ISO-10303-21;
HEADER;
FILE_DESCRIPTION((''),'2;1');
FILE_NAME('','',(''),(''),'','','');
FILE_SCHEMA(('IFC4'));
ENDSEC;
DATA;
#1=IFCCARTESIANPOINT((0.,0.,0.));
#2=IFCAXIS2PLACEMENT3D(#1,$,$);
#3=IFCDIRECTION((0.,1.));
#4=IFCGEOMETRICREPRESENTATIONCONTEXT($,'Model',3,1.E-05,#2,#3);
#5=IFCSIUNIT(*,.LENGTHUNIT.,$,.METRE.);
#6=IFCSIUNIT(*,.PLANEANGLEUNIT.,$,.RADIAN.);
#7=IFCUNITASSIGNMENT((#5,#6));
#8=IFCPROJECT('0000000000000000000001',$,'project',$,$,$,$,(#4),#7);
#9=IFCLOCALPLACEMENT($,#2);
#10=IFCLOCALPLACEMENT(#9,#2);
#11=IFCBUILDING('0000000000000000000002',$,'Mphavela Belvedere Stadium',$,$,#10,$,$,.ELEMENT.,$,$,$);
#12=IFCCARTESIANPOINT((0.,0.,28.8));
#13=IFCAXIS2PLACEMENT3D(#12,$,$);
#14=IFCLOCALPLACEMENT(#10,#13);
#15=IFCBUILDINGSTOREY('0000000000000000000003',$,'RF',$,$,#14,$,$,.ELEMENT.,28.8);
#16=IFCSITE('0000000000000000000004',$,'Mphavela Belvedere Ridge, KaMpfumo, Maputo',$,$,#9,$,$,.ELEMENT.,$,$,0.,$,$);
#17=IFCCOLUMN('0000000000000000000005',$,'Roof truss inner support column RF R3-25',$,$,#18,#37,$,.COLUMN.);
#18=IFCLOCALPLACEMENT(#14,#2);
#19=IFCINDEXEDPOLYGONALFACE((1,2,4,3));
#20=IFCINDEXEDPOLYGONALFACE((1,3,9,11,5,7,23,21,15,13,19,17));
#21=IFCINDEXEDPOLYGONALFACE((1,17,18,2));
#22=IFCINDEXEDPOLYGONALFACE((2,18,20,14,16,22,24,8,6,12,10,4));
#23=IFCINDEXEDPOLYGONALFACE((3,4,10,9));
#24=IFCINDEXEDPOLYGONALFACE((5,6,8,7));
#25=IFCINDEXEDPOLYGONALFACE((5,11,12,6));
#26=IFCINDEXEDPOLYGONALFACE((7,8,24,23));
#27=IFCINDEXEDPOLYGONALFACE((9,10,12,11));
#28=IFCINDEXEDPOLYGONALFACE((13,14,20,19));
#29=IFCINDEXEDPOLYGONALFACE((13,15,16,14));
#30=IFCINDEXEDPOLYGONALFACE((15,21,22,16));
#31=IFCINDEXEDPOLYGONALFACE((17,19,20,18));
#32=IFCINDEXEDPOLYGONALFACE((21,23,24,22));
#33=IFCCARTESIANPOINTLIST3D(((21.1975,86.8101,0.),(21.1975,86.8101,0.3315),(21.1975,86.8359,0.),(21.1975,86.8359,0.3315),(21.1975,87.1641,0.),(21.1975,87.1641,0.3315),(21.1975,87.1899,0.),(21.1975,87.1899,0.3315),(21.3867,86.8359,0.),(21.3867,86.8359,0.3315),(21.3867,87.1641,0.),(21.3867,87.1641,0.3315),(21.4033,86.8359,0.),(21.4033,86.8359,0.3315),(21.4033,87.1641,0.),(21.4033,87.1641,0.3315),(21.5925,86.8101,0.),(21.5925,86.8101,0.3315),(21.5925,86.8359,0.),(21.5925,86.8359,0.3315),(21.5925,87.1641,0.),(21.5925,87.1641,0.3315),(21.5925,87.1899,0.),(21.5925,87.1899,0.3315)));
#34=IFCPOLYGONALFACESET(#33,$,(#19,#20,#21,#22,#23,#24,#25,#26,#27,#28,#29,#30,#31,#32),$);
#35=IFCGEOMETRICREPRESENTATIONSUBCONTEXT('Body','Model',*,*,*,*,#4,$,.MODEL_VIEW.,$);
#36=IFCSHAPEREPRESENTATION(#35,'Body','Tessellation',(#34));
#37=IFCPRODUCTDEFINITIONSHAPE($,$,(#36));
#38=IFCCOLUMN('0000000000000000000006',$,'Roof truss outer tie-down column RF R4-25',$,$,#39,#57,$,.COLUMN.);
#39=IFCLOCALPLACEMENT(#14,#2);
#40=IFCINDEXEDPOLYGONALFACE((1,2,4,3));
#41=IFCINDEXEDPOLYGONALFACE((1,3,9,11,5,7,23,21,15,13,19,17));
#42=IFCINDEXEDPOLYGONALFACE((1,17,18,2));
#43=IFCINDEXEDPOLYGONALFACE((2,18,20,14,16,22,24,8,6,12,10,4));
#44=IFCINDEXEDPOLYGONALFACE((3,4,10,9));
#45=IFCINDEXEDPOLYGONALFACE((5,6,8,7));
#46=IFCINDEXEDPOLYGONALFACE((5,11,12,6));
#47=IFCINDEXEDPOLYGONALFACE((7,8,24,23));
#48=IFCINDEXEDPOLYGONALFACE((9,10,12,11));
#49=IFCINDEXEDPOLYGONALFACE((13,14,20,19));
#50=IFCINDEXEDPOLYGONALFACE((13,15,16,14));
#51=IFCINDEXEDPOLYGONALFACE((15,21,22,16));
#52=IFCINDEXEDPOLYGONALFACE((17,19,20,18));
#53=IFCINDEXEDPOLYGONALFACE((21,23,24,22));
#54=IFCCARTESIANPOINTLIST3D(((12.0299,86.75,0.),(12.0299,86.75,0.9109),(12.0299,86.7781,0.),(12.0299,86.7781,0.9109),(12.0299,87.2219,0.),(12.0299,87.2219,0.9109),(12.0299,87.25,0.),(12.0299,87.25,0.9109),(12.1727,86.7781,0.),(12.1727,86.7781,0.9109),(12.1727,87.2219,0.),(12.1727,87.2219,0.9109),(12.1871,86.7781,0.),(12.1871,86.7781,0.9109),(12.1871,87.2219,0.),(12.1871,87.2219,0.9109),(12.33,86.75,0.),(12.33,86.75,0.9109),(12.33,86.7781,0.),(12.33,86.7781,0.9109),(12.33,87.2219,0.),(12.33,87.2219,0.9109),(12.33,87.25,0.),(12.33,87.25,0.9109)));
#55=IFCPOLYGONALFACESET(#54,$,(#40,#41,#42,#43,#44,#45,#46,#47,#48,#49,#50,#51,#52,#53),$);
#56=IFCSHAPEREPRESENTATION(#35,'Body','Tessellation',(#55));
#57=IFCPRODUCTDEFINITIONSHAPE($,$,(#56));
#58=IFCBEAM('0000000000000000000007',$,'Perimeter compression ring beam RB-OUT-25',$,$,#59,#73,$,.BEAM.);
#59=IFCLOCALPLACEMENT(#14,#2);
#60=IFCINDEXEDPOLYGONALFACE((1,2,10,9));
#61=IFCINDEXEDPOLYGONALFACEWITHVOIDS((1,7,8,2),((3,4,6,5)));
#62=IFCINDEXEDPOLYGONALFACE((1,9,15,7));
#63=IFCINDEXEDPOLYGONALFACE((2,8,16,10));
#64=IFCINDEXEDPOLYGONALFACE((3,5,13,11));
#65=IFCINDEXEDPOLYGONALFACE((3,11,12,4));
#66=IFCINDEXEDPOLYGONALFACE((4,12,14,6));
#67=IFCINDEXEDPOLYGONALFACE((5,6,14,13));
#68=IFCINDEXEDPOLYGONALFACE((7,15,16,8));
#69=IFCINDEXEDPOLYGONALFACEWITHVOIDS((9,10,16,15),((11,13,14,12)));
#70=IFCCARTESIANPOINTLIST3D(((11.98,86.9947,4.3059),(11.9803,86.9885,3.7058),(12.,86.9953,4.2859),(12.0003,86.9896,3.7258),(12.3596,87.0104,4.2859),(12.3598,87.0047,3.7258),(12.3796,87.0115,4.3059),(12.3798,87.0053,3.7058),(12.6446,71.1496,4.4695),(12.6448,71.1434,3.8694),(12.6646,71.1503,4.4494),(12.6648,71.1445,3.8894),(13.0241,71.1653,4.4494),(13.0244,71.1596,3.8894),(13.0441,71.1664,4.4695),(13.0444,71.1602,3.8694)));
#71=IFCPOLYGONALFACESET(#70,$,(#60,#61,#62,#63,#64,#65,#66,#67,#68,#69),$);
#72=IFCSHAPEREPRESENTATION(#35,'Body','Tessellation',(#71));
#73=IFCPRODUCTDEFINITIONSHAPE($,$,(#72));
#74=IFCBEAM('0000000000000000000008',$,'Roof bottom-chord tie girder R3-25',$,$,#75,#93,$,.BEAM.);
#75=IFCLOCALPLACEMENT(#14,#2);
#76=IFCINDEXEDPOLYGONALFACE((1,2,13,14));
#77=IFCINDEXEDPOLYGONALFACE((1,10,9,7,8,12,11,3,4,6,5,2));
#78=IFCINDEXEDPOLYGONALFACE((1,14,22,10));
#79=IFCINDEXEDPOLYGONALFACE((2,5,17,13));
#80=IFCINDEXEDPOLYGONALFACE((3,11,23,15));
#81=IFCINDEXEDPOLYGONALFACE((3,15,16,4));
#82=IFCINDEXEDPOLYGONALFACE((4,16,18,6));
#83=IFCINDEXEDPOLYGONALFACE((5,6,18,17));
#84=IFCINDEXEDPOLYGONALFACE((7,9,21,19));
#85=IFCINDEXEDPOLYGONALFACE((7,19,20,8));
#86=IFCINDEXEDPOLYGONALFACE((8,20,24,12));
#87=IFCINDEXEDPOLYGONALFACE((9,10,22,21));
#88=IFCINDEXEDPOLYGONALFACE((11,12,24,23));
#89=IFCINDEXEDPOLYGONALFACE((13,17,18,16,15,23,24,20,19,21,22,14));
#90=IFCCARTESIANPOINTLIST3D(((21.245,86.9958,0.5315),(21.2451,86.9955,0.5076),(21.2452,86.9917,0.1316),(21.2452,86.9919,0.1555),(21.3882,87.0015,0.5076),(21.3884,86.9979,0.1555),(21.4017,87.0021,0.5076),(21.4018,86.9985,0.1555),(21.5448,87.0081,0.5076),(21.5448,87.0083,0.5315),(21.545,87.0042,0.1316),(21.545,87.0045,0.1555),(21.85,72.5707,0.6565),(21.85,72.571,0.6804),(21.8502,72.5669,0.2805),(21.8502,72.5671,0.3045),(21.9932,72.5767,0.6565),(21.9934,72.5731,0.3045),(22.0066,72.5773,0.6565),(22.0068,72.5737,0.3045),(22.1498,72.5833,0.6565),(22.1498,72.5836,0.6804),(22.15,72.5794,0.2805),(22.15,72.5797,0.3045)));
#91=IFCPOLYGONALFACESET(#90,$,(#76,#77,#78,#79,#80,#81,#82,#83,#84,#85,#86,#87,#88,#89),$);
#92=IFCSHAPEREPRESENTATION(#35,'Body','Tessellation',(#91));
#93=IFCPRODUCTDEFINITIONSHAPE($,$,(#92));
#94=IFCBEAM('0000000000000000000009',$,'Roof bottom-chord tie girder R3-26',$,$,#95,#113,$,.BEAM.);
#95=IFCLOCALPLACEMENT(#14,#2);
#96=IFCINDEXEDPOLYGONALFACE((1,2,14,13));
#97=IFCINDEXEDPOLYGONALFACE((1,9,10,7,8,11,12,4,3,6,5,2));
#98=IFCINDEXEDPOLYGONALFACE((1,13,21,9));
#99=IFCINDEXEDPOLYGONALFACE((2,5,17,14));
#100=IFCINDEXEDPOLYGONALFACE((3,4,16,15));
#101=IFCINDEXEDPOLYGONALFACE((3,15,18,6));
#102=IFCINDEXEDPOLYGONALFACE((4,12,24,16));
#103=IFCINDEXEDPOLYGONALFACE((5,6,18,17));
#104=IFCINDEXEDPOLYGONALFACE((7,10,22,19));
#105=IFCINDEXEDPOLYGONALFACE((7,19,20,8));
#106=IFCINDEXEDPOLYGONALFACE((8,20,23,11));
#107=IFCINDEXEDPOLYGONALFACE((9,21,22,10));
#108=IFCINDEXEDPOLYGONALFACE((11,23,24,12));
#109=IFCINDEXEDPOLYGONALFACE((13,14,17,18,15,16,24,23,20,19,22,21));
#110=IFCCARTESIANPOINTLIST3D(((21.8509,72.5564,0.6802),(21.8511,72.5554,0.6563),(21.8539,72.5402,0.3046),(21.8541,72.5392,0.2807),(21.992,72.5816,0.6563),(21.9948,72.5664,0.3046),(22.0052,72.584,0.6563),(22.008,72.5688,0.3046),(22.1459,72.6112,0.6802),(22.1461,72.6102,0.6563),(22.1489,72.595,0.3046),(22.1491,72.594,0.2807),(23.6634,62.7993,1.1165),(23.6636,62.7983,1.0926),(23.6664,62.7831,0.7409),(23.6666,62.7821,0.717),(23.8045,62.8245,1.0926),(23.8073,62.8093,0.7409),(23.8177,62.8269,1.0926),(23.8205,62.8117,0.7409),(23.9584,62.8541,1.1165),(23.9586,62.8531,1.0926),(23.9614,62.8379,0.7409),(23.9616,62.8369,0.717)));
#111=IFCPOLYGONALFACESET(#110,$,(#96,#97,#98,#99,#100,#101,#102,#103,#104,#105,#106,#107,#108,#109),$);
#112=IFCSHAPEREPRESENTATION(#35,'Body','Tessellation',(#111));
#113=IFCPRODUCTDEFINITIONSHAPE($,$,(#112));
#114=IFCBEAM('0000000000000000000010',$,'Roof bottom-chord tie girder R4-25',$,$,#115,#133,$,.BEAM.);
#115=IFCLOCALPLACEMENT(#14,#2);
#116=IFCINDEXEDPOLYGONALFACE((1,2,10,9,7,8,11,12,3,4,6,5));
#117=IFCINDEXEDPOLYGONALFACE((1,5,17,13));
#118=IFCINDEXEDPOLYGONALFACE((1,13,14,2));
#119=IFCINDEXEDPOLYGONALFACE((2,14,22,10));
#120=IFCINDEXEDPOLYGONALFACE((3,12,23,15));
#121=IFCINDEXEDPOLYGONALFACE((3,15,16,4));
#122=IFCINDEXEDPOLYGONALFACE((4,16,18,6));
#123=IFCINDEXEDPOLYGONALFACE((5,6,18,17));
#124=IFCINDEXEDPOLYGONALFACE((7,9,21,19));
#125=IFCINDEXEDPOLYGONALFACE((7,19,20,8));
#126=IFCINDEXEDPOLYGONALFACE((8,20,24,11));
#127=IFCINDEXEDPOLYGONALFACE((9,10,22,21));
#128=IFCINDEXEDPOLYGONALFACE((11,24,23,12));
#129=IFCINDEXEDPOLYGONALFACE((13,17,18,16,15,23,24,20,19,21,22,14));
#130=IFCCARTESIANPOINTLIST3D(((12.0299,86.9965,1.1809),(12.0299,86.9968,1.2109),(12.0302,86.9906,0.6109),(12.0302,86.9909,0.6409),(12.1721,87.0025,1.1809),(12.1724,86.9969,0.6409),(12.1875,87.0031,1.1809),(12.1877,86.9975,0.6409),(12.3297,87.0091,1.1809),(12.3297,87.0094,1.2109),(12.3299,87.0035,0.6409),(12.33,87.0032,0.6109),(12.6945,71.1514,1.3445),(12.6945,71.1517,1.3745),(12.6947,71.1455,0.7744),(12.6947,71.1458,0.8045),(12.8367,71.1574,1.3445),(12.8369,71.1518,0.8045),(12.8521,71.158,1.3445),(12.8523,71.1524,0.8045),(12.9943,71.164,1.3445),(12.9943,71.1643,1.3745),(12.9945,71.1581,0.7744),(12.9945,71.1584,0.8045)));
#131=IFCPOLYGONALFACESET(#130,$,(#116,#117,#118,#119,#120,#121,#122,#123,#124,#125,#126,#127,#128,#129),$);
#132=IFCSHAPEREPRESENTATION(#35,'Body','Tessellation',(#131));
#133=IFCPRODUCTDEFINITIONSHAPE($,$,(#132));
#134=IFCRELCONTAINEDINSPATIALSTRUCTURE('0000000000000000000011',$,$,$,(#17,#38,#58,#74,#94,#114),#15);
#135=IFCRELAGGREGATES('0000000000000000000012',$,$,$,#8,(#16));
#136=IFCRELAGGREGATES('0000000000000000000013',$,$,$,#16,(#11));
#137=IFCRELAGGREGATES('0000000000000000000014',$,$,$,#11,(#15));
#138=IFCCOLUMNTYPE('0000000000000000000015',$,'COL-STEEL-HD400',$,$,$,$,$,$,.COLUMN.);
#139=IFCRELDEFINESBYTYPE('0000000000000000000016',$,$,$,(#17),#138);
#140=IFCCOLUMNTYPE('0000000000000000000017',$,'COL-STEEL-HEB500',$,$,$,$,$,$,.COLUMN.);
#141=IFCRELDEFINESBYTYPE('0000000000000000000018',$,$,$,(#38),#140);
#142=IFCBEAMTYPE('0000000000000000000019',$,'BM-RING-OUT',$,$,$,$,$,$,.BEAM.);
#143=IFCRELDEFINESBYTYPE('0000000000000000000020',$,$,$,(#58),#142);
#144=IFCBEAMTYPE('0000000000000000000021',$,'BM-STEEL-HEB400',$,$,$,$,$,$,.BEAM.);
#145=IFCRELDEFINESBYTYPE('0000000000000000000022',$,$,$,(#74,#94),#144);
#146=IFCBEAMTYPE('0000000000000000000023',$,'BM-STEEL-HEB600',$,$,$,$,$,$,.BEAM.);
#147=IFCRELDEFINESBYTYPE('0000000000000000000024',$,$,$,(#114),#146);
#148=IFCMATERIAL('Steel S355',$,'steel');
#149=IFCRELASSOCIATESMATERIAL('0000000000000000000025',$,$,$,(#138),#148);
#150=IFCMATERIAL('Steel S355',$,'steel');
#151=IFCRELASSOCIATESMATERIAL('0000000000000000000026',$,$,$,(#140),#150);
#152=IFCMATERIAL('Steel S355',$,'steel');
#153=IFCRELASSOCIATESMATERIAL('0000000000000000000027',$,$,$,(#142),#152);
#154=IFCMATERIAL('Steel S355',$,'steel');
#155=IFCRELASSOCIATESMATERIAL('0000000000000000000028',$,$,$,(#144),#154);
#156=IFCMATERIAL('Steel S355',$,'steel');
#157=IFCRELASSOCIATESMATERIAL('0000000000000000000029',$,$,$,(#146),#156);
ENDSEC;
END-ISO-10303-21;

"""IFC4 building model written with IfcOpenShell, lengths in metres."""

from ifc_helpers import new_model, si_unit, direction, frame, origin, origin_2d, place, context, subcontext, project, spatial, hollow_rectangle, i_section, extrude, material, material_profile, profile_set, type_object, element, save


model = new_model("IFC4")

# Units and contexts
model_context = context("Model", 3, precision=1e-05, world=origin(), true_north=direction((0.0, 1.0)))
body_context = subcontext(model_context, "Body", "Model", "MODEL_VIEW")
ifc_project = project(units=[si_unit("LENGTHUNIT", "METRE"), si_unit("PLANEANGLEUNIT", "RADIAN")], contexts=[model_context])

# Site, building, storey
site_placement = place(None, origin())
site = spatial("IfcSite", under=ifc_project, at=site_placement, Name="Mphavela Belvedere Ridge, KaMpfumo, Maputo", CompositionType="ELEMENT", RefElevation=0.0)
building_placement = place(site_placement, origin())
building = spatial("IfcBuilding", under=site, at=building_placement, Name="Mphavela Belvedere Stadium", CompositionType="ELEMENT")
storey_placement = place(building_placement, frame((0.0, 0.0, 28.8)))
storey = spatial("IfcBuildingStorey", under=building, at=storey_placement, Name="RF", CompositionType="ELEMENT", Elevation=28.8)

# Columns
ifc_material_1 = material(Name="Steel S355", Category="steel")
ifc_material_profile_1 = material_profile(ifc_material_1, i_section(OverallWidth=0.395, OverallDepth=0.3799, WebThickness=0.0166, FlangeThickness=0.0259, at=origin_2d()), Name="HD 400x237")
ifc_profile_set_1 = profile_set([ifc_material_profile_1], Name="Steel S355")
column_type_1 = type_object("IfcColumnType", Name="COL-STEEL-HD400", PredefinedType="COLUMN", material=ifc_profile_set_1)
column_1_placement = place(storey_placement, frame((21.395, 87.0, 0.0), z_axis=(0.0, 0.0, 1.0), x_axis=(-1.0, 0.0, 0.0)))
element("IfcColumn", 1, at=column_1_placement, inside=storey, type_object=column_type_1, Name="Roof truss inner support column RF R3-25", PredefinedType="COLUMN", context=body_context, shape_type="SweptSolid", body=[
    extrude(i_section(OverallWidth=0.395, OverallDepth=0.3799, WebThickness=0.0166, FlangeThickness=0.0259, at=origin_2d()), origin(), (0.0, 0.0, 1.0), 0.3315),
])
ifc_material_2 = material(Name="Steel S355", Category="steel")
ifc_material_profile_2 = material_profile(ifc_material_2, i_section(OverallWidth=0.3, OverallDepth=0.5, WebThickness=0.0144, FlangeThickness=0.0281, at=origin_2d()), Name="HEB 500")
ifc_profile_set_2 = profile_set([ifc_material_profile_2], Name="Steel S355")
column_type_2 = type_object("IfcColumnType", Name="COL-STEEL-HEB500", PredefinedType="COLUMN", material=ifc_profile_set_2)
column_2_placement = place(storey_placement, frame((12.1799, 87.0, 0.0), z_axis=(0.0, 0.0, 1.0), x_axis=(-1.0, 0.0, 0.0)))
element("IfcColumn", 2, at=column_2_placement, inside=storey, type_object=column_type_2, Name="Roof truss outer tie-down column RF R4-25", PredefinedType="COLUMN", context=body_context, shape_type="SweptSolid", body=[
    extrude(i_section(OverallWidth=0.3, OverallDepth=0.5, WebThickness=0.0144, FlangeThickness=0.0281, at=origin_2d()), origin(), (0.0, 0.0, 1.0), 0.9109),
])

# Beams
ifc_material_3 = material(Name="Steel S355", Category="steel")
ifc_material_profile_3 = material_profile(ifc_material_3, hollow_rectangle(XDim=0.3999, YDim=0.6001, WallThickness=0.02, at=origin_2d()), Name="RHS 600x400x20")
ifc_profile_set_3 = profile_set([ifc_material_profile_3], Name="Steel S355")
beam_type_1 = type_object("IfcBeamType", Name="BM-RING-OUT", PredefinedType="BEAM", material=ifc_profile_set_3)
beam_1_placement = place(storey_placement, frame((12.1799, 87.0, 4.0059), z_axis=(0.041902, -0.999069, 0.010314), x_axis=(0.999122, 0.041904, 0.0)))
element("IfcBeam", 3, at=beam_1_placement, inside=storey, type_object=beam_type_1, Name="Perimeter compression ring beam RB-OUT-25", PredefinedType="BEAM", context=body_context, shape_type="SweptSolid", body=[
    extrude(hollow_rectangle(XDim=0.3999, YDim=0.6001, WallThickness=0.02, at=origin_2d()), origin(), (0.0, 0.0, 1.0), 15.8599),
])
ifc_material_4 = material(Name="Steel S355", Category="steel")
ifc_material_profile_4 = material_profile(ifc_material_4, i_section(OverallWidth=0.3, OverallDepth=0.3999, WebThickness=0.0134, FlangeThickness=0.0239, at=origin_2d()), Name="HEB 400")
ifc_profile_set_4 = profile_set([ifc_material_profile_4], Name="Steel S355")
beam_type_2 = type_object("IfcBeamType", Name="BM-STEEL-HEB400", PredefinedType="BEAM", material=ifc_profile_set_4)
beam_2_placement = place(storey_placement, frame((21.395, 87.0, 0.3315), z_axis=(0.041901, -0.999069, 0.010315), x_axis=(0.999122, 0.041903, 0.0)))
element("IfcBeam", 4, at=beam_2_placement, inside=storey, type_object=beam_type_2, Name="Roof bottom-chord tie girder R3-25", PredefinedType="BEAM", context=body_context, shape_type="SweptSolid", body=[
    extrude(i_section(OverallWidth=0.3, OverallDepth=0.3999, WebThickness=0.0134, FlangeThickness=0.0239, at=origin_2d()), origin(), (0.0, 0.0, 1.0), 14.4382),
])
beam_3_placement = place(storey_placement, frame((22.0, 72.5752, 0.4805), z_axis=(0.182462, -0.982232, 0.04392), x_axis=(0.98318, 0.182638, 0.0)))
element("IfcBeam", 5, at=beam_3_placement, inside=storey, type_object=beam_type_2, Name="Roof bottom-chord tie girder R3-26", PredefinedType="BEAM", context=body_context, shape_type="SweptSolid", body=[
    extrude(i_section(OverallWidth=0.3, OverallDepth=0.3999, WebThickness=0.0134, FlangeThickness=0.0239, at=origin_2d()), origin(), (0.0, 0.0, 1.0), 9.9336),
])
ifc_material_5 = material(Name="Steel S355", Category="steel")
ifc_material_profile_5 = material_profile(ifc_material_5, i_section(OverallWidth=0.3, OverallDepth=0.6001, WebThickness=0.0154, FlangeThickness=0.03, at=origin_2d()), Name="HEB 600")
ifc_profile_set_5 = profile_set([ifc_material_profile_5], Name="Steel S355")
beam_type_3 = type_object("IfcBeamType", Name="BM-STEEL-HEB600", PredefinedType="BEAM", material=ifc_profile_set_5)
beam_4_placement = place(storey_placement, frame((12.1799, 87.0, 0.9109), z_axis=(0.041902, -0.999069, 0.010314), x_axis=(0.999122, 0.041904, 0.0)))
element("IfcBeam", 6, at=beam_4_placement, inside=storey, type_object=beam_type_3, Name="Roof bottom-chord tie girder R4-25", PredefinedType="BEAM", context=body_context, shape_type="SweptSolid", body=[
    extrude(i_section(OverallWidth=0.3, OverallDepth=0.6001, WebThickness=0.0154, FlangeThickness=0.03, at=origin_2d()), origin(), (0.0, 0.0, 1.0), 15.8599),
])

save(model, "model.ifc")
